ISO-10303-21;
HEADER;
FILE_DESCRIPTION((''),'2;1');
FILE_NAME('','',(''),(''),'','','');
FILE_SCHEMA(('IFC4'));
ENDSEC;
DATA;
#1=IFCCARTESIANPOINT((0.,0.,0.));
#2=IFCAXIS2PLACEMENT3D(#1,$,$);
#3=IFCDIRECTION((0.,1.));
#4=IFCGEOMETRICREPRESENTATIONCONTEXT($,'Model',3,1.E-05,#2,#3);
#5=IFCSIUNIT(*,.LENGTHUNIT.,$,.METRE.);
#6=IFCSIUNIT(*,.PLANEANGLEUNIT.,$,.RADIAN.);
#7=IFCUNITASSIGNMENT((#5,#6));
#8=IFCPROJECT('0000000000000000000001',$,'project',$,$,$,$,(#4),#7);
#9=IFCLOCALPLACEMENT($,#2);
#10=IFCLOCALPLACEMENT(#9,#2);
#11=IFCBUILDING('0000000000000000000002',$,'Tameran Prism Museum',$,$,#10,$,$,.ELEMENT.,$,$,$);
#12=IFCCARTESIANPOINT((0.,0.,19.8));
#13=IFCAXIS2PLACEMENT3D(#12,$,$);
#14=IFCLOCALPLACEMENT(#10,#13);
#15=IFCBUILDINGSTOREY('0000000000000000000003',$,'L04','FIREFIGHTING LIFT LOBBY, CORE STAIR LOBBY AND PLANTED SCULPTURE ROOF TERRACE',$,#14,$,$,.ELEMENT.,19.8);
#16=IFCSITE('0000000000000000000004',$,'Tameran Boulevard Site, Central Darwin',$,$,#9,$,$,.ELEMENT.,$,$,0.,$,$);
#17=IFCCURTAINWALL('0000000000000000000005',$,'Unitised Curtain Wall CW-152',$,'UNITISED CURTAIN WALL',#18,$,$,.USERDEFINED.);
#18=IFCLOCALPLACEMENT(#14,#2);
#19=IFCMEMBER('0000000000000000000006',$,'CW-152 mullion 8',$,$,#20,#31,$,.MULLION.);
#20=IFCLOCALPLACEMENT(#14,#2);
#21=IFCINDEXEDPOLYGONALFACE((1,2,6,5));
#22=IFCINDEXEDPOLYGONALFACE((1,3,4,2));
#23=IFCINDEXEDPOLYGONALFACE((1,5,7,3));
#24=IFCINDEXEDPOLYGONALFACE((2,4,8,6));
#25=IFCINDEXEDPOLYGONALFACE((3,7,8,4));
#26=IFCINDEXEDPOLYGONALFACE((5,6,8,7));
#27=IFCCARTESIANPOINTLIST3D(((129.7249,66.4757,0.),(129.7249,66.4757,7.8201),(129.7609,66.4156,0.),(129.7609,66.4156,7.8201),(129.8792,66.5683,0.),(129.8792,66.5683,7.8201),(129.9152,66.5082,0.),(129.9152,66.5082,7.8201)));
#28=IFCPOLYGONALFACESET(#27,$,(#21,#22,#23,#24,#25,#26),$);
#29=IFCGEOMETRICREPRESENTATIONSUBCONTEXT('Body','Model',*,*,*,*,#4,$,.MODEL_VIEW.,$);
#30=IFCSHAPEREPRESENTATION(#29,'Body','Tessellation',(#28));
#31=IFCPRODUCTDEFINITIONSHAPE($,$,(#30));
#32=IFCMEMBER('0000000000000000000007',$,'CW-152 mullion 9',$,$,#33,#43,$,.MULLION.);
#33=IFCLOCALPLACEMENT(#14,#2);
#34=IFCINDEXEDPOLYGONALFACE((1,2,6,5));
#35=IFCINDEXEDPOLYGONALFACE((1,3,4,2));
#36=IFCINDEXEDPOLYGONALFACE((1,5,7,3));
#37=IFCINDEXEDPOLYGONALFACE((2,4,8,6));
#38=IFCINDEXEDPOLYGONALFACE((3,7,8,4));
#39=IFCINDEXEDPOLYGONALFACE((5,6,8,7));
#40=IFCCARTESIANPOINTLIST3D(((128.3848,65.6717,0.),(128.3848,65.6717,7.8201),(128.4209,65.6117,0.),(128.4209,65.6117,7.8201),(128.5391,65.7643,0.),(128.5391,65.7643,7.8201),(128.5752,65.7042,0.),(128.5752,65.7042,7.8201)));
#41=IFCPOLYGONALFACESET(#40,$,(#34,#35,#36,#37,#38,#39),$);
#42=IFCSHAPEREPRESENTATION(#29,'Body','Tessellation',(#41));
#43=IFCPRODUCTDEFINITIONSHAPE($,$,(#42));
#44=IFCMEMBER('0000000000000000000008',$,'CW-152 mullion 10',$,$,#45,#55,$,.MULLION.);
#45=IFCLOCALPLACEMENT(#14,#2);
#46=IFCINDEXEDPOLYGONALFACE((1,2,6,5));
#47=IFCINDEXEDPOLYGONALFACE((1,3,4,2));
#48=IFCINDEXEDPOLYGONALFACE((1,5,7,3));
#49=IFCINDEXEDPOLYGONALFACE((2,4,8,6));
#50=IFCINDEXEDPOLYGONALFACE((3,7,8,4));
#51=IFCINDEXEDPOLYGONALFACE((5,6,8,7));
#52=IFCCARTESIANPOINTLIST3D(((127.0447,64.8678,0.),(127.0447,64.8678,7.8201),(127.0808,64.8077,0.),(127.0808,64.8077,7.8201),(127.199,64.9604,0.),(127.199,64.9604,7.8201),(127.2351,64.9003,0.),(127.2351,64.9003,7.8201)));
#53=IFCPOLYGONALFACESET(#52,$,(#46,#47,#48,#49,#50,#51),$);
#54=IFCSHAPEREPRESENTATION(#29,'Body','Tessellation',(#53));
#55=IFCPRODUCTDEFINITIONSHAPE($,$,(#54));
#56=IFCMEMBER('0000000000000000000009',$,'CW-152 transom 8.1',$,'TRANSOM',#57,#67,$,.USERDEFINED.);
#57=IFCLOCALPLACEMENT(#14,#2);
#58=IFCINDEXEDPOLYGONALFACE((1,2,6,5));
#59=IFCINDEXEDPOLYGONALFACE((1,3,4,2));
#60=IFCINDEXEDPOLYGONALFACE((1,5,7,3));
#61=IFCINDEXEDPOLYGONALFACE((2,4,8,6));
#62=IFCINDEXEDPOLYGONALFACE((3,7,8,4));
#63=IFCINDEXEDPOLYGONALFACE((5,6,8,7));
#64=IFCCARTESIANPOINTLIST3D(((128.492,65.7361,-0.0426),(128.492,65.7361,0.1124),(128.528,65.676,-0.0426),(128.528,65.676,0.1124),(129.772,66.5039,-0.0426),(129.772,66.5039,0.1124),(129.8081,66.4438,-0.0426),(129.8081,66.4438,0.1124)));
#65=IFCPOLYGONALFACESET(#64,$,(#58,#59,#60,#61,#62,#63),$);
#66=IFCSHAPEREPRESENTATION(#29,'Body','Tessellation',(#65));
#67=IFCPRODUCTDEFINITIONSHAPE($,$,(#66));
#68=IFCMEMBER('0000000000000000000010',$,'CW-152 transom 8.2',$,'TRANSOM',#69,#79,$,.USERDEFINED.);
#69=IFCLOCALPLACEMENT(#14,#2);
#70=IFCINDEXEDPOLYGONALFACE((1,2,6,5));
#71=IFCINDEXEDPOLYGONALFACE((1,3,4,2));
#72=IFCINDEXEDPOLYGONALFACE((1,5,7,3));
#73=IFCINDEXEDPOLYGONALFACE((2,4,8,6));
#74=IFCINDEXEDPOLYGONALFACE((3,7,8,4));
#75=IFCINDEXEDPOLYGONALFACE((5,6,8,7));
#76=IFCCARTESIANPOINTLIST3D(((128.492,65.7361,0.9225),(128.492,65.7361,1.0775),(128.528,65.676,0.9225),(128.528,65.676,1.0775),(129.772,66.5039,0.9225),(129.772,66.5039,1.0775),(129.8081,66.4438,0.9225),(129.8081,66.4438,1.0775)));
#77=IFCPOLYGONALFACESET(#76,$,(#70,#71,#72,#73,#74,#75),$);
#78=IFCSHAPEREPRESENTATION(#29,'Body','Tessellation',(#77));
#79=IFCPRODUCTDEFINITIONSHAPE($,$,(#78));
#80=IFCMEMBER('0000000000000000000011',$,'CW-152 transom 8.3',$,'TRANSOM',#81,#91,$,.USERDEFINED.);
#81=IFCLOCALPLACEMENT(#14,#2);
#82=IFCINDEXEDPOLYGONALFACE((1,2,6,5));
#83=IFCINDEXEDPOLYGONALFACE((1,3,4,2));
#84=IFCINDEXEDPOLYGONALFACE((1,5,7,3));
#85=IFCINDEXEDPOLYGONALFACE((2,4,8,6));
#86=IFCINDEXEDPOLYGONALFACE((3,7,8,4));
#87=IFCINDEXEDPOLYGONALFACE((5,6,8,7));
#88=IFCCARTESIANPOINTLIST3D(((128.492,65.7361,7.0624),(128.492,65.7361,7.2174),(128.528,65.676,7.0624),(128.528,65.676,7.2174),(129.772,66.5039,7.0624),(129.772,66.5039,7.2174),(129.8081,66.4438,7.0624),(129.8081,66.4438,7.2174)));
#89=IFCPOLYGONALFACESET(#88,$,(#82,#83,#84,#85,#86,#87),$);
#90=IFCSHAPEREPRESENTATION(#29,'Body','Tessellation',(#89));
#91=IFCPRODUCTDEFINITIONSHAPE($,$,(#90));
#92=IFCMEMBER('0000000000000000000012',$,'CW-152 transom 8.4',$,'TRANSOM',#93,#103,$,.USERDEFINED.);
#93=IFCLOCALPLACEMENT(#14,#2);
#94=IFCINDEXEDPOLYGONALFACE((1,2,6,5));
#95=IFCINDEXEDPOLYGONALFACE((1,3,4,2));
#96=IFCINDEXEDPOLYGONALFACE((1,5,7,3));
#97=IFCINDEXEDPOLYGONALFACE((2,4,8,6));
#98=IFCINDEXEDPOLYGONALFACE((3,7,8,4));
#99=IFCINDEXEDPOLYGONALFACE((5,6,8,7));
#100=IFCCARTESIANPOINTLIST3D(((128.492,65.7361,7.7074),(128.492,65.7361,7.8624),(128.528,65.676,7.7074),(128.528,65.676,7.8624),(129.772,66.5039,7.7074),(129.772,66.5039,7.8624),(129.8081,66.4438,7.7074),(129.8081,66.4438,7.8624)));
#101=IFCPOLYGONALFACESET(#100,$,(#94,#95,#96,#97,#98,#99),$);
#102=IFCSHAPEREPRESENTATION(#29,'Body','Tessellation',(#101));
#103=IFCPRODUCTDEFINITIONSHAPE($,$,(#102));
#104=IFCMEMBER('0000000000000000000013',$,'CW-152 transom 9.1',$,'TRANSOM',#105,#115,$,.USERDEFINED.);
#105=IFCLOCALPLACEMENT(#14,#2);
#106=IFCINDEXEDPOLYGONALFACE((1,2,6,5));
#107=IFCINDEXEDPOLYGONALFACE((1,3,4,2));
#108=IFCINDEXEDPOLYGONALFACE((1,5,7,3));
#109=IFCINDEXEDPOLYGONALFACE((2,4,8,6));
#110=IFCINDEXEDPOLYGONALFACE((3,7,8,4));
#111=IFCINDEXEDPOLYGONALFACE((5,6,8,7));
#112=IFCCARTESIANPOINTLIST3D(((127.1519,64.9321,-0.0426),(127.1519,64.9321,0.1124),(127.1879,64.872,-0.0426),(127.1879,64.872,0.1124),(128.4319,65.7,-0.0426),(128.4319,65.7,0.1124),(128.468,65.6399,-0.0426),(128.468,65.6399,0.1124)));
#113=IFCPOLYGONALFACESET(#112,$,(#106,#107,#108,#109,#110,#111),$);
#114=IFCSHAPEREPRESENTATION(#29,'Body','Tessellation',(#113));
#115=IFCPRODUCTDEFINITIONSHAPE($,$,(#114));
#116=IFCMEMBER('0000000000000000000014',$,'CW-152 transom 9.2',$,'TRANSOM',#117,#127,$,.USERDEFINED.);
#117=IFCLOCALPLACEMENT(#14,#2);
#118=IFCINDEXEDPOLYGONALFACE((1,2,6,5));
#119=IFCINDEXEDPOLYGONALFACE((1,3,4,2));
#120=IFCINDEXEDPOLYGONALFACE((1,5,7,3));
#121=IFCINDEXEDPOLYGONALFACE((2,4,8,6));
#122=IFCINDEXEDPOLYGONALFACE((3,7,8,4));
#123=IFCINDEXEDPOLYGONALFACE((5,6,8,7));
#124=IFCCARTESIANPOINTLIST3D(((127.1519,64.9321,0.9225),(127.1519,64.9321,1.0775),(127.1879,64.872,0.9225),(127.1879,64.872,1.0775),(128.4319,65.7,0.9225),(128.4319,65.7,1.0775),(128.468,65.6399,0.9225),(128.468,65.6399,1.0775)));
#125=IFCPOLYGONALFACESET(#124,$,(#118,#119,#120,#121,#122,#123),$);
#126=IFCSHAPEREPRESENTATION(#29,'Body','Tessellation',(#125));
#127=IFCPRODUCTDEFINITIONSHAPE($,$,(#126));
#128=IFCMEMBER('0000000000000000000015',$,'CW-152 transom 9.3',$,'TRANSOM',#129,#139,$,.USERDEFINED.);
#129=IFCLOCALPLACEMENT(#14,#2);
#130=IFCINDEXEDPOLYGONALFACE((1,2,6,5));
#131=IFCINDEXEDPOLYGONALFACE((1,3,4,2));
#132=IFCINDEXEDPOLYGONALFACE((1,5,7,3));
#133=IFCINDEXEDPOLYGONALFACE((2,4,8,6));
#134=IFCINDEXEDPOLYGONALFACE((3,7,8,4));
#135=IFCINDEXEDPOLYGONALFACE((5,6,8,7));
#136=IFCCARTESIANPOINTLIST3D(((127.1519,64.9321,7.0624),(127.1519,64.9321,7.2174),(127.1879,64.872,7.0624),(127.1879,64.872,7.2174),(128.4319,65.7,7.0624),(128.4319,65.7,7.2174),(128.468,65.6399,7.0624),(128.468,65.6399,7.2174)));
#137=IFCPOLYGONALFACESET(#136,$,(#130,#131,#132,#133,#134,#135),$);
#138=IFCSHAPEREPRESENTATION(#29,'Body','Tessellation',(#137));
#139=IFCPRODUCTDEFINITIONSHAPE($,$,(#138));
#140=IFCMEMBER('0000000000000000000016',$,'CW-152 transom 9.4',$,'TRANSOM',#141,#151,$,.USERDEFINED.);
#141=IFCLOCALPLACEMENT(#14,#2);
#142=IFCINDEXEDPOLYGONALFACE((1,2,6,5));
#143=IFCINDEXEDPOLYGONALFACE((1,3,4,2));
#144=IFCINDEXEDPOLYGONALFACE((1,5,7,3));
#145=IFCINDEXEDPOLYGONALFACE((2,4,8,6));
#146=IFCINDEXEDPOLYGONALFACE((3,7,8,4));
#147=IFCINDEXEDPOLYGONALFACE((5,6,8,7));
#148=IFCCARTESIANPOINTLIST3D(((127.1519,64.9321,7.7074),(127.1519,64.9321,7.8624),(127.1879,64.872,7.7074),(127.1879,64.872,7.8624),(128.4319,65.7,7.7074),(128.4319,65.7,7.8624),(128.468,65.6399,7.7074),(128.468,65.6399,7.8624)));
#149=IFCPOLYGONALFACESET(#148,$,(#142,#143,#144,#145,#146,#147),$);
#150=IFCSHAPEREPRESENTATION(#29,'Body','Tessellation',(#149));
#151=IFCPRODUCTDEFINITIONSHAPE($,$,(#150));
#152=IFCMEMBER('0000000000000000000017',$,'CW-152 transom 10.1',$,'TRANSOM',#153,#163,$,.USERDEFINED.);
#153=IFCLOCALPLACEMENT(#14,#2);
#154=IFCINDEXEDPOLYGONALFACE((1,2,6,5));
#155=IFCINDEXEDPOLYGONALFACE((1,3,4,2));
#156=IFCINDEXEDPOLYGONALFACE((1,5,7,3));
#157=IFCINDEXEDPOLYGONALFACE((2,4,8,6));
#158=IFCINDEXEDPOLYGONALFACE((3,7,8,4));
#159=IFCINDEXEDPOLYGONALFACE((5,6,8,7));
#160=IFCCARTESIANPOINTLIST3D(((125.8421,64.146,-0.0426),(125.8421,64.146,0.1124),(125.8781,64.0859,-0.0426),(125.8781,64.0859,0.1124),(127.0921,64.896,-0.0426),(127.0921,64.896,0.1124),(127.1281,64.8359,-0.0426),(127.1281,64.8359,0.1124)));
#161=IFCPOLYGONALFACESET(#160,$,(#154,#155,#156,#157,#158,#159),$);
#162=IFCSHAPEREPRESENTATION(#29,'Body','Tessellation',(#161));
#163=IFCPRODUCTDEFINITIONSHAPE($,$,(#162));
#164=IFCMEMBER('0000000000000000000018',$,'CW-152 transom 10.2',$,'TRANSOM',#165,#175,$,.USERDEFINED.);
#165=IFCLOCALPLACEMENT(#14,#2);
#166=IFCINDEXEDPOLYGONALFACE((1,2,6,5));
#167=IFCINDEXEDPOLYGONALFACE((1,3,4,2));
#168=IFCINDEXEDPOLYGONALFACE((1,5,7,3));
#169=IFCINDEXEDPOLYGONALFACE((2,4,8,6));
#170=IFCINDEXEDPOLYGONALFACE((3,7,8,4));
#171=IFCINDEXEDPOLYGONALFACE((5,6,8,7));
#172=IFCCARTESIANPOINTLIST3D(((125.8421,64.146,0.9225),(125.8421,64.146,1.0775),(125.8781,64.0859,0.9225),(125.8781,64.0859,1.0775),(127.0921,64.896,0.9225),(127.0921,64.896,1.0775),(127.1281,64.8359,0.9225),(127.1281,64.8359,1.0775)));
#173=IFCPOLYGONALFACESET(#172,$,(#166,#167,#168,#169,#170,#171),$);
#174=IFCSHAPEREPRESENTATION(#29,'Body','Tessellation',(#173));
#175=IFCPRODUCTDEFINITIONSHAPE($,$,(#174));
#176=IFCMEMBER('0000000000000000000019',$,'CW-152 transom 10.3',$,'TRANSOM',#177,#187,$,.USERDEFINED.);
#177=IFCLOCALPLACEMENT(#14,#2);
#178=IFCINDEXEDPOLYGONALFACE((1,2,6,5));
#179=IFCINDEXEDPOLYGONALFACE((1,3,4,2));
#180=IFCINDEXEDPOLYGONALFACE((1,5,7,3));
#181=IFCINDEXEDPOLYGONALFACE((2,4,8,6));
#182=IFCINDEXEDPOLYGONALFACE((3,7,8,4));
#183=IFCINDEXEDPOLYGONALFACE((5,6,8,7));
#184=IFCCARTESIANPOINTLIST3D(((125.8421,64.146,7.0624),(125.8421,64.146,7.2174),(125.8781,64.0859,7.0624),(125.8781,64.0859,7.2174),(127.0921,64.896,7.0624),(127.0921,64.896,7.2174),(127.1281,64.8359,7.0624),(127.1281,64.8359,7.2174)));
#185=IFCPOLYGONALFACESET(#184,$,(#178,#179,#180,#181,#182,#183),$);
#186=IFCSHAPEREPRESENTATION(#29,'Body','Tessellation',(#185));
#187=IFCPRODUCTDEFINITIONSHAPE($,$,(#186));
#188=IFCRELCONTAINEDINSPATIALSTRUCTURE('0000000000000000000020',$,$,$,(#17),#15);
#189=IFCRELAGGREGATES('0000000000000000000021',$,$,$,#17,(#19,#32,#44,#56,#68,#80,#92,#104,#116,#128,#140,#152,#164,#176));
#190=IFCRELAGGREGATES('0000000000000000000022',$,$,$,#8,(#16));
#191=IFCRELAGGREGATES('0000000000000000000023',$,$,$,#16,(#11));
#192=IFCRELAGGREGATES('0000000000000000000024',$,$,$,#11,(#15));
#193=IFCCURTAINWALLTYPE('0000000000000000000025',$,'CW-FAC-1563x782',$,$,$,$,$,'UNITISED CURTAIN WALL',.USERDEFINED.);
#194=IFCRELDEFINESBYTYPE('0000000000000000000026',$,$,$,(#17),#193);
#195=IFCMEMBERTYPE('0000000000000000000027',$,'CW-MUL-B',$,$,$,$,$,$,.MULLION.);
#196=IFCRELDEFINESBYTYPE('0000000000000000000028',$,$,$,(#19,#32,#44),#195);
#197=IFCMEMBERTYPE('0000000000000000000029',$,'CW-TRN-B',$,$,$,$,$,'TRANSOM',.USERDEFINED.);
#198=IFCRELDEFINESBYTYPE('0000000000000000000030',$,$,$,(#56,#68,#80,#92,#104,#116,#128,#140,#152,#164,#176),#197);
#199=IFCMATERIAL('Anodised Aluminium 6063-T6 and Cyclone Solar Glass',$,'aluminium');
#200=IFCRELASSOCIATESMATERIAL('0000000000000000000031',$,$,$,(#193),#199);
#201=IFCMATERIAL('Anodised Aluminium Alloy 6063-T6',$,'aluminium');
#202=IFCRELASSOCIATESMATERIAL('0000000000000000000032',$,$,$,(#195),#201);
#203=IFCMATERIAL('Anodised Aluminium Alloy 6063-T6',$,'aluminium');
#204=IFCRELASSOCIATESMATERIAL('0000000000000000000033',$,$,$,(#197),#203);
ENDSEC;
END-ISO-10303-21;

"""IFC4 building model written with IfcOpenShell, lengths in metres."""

from ifc_helpers import new_model, si_unit, direction, frame, origin, origin_2d, place, context, subcontext, project, spatial, rectangle, extrude, material, material_profile, profile_set, type_object, element, aggregate, save


model = new_model("IFC4")

# Units and contexts
model_context = context("Model", 3, precision=1e-05, world=origin(), true_north=direction((0.0, 1.0)))
body_context = subcontext(model_context, "Body", "Model", "MODEL_VIEW")
ifc_project = project(units=[si_unit("LENGTHUNIT", "METRE"), si_unit("PLANEANGLEUNIT", "RADIAN")], contexts=[model_context])

# Site, building, storey
site_placement = place(None, origin())
site = spatial("IfcSite", under=ifc_project, at=site_placement, Name="Tameran Boulevard Site, Central Darwin", CompositionType="ELEMENT", RefElevation=0.0)
building_placement = place(site_placement, origin())
building = spatial("IfcBuilding", under=site, at=building_placement, Name="Tameran Prism Museum", CompositionType="ELEMENT")
storey_placement = place(building_placement, frame((0.0, 0.0, 19.8)))
storey = spatial("IfcBuildingStorey", under=building, at=storey_placement, Name="L04", Description="FIREFIGHTING LIFT LOBBY, CORE STAIR LOBBY AND PLANTED SCULPTURE ROOF TERRACE", CompositionType="ELEMENT", Elevation=19.8)

# Curtain wall, members
ifc_material_1 = material(Name="Anodised Aluminium 6063-T6 and Cyclone Solar Glass", Category="aluminium")
curtain_wall_type = type_object("IfcCurtainWallType", Name="CW-FAC-1563x782", ElementType="UNITISED CURTAIN WALL", PredefinedType="USERDEFINED", material=ifc_material_1)
curtain_wall_placement = place(storey_placement, origin())
curtain_wall = element("IfcCurtainWall", 1, at=curtain_wall_placement, inside=storey, type_object=curtain_wall_type, Name="Unitised Curtain Wall CW-152", ObjectType="UNITISED CURTAIN WALL", PredefinedType="USERDEFINED")
ifc_material_2 = material(Name="Anodised Aluminium Alloy 6063-T6", Category="aluminium")
ifc_material_profile_1 = material_profile(ifc_material_2, rectangle(XDim=0.0701, YDim=0.1799, at=origin_2d()))
ifc_profile_set_1 = profile_set([ifc_material_profile_1])
member_type_1 = type_object("IfcMemberType", Name="CW-MUL-B", PredefinedType="MULLION", material=ifc_profile_set_1)
member_1_placement = place(storey_placement, frame((129.8201, 66.4919, 0.0), z_axis=(0.0, 0.0, 1.0), x_axis=(0.514496, -0.857493, 0.0)))
member_1 = element("IfcMember", 2, at=member_1_placement, type_object=member_type_1, Name="CW-152 mullion 8", PredefinedType="MULLION", context=body_context, shape_type="SweptSolid", body=[
    extrude(rectangle(XDim=0.0701, YDim=0.1799, at=origin_2d()), origin(), (0.0, 0.0, 1.0), 7.8201),
])
member_2_placement = place(storey_placement, frame((128.48, 65.688, 0.0), z_axis=(0.0, 0.0, 1.0), x_axis=(0.514496, -0.857493, 0.0)))
member_2 = element("IfcMember", 3, at=member_2_placement, type_object=member_type_1, Name="CW-152 mullion 9", PredefinedType="MULLION", context=body_context, shape_type="SweptSolid", body=[
    extrude(rectangle(XDim=0.0701, YDim=0.1799, at=origin_2d()), origin(), (0.0, 0.0, 1.0), 7.8201),
])
member_3_placement = place(storey_placement, frame((127.1399, 64.884, 0.0), z_axis=(0.0, 0.0, 1.0), x_axis=(0.514496, -0.857493, 0.0)))
member_3 = element("IfcMember", 4, at=member_3_placement, type_object=member_type_1, Name="CW-152 mullion 10", PredefinedType="MULLION", context=body_context, shape_type="SweptSolid", body=[
    extrude(rectangle(XDim=0.0701, YDim=0.1799, at=origin_2d()), origin(), (0.0, 0.0, 1.0), 7.8201),
])
ifc_material_3 = material(Name="Anodised Aluminium Alloy 6063-T6", Category="aluminium")
ifc_material_profile_2 = material_profile(ifc_material_3, rectangle(XDim=0.0701, YDim=0.155, at=origin_2d()))
ifc_profile_set_2 = profile_set([ifc_material_profile_2])
member_type_2 = type_object("IfcMemberType", Name="CW-TRN-B", ElementType="TRANSOM", PredefinedType="USERDEFINED", material=ifc_profile_set_2)
member_4_placement = place(storey_placement, frame((129.79, 66.4739, 0.0349), z_axis=(-0.857551, -0.5144, 0.0), x_axis=(0.5144, -0.857551, 0.0)))
member_4 = element("IfcMember", 5, at=member_4_placement, type_object=member_type_2, Name="CW-152 transom 8.1", ObjectType="TRANSOM", PredefinedType="USERDEFINED", context=body_context, shape_type="SweptSolid", body=[
    extrude(rectangle(XDim=0.0701, YDim=0.155, at=origin_2d()), origin(), (0.0, 0.0, 1.0), 1.4927),
])
member_5_placement = place(storey_placement, frame((129.79, 66.4739, 1.0), z_axis=(-0.857551, -0.5144, 0.0), x_axis=(0.5144, -0.857551, 0.0)))
member_5 = element("IfcMember", 6, at=member_5_placement, type_object=member_type_2, Name="CW-152 transom 8.2", ObjectType="TRANSOM", PredefinedType="USERDEFINED", context=body_context, shape_type="SweptSolid", body=[
    extrude(rectangle(XDim=0.0701, YDim=0.155, at=origin_2d()), origin(), (0.0, 0.0, 1.0), 1.4927),
])
member_6_placement = place(storey_placement, frame((129.79, 66.4739, 7.1399), z_axis=(-0.857551, -0.5144, 0.0), x_axis=(0.5144, -0.857551, 0.0)))
member_6 = element("IfcMember", 7, at=member_6_placement, type_object=member_type_2, Name="CW-152 transom 8.3", ObjectType="TRANSOM", PredefinedType="USERDEFINED", context=body_context, shape_type="SweptSolid", body=[
    extrude(rectangle(XDim=0.0701, YDim=0.155, at=origin_2d()), origin(), (0.0, 0.0, 1.0), 1.4927),
])
member_7_placement = place(storey_placement, frame((129.79, 66.4739, 7.7849), z_axis=(-0.857551, -0.5144, 0.0), x_axis=(0.5144, -0.857551, 0.0)))
member_7 = element("IfcMember", 8, at=member_7_placement, type_object=member_type_2, Name="CW-152 transom 8.4", ObjectType="TRANSOM", PredefinedType="USERDEFINED", context=body_context, shape_type="SweptSolid", body=[
    extrude(rectangle(XDim=0.0701, YDim=0.155, at=origin_2d()), origin(), (0.0, 0.0, 1.0), 1.4927),
])
member_8_placement = place(storey_placement, frame((128.45, 65.6699, 0.0349), z_axis=(-0.857551, -0.5144, 0.0), x_axis=(0.5144, -0.857551, 0.0)))
member_8 = element("IfcMember", 9, at=member_8_placement, type_object=member_type_2, Name="CW-152 transom 9.1", ObjectType="TRANSOM", PredefinedType="USERDEFINED", context=body_context, shape_type="SweptSolid", body=[
    extrude(rectangle(XDim=0.0701, YDim=0.155, at=origin_2d()), origin(), (0.0, 0.0, 1.0), 1.4927),
])
member_9_placement = place(storey_placement, frame((128.45, 65.6699, 1.0), z_axis=(-0.857551, -0.5144, 0.0), x_axis=(0.5144, -0.857551, 0.0)))
member_9 = element("IfcMember", 10, at=member_9_placement, type_object=member_type_2, Name="CW-152 transom 9.2", ObjectType="TRANSOM", PredefinedType="USERDEFINED", context=body_context, shape_type="SweptSolid", body=[
    extrude(rectangle(XDim=0.0701, YDim=0.155, at=origin_2d()), origin(), (0.0, 0.0, 1.0), 1.4927),
])
member_10_placement = place(storey_placement, frame((128.45, 65.6699, 7.1399), z_axis=(-0.857551, -0.5144, 0.0), x_axis=(0.5144, -0.857551, 0.0)))
member_10 = element("IfcMember", 11, at=member_10_placement, type_object=member_type_2, Name="CW-152 transom 9.3", ObjectType="TRANSOM", PredefinedType="USERDEFINED", context=body_context, shape_type="SweptSolid", body=[
    extrude(rectangle(XDim=0.0701, YDim=0.155, at=origin_2d()), origin(), (0.0, 0.0, 1.0), 1.4927),
])
member_11_placement = place(storey_placement, frame((128.45, 65.6699, 7.7849), z_axis=(-0.857551, -0.5144, 0.0), x_axis=(0.5144, -0.857551, 0.0)))
member_11 = element("IfcMember", 12, at=member_11_placement, type_object=member_type_2, Name="CW-152 transom 9.4", ObjectType="TRANSOM", PredefinedType="USERDEFINED", context=body_context, shape_type="SweptSolid", body=[
    extrude(rectangle(XDim=0.0701, YDim=0.155, at=origin_2d()), origin(), (0.0, 0.0, 1.0), 1.4927),
])
member_12_placement = place(storey_placement, frame((127.1101, 64.866, 0.0349), z_axis=(-0.857493, -0.514496, 0.0), x_axis=(0.514496, -0.857493, 0.0)))
member_12 = element("IfcMember", 13, at=member_12_placement, type_object=member_type_2, Name="CW-152 transom 10.1", ObjectType="TRANSOM", PredefinedType="USERDEFINED", context=body_context, shape_type="SweptSolid", body=[
    extrude(rectangle(XDim=0.0701, YDim=0.155, at=origin_2d()), origin(), (0.0, 0.0, 1.0), 1.4578),
])
member_13_placement = place(storey_placement, frame((127.1101, 64.866, 1.0), z_axis=(-0.857493, -0.514496, 0.0), x_axis=(0.514496, -0.857493, 0.0)))
member_13 = element("IfcMember", 14, at=member_13_placement, type_object=member_type_2, Name="CW-152 transom 10.2", ObjectType="TRANSOM", PredefinedType="USERDEFINED", context=body_context, shape_type="SweptSolid", body=[
    extrude(rectangle(XDim=0.0701, YDim=0.155, at=origin_2d()), origin(), (0.0, 0.0, 1.0), 1.4578),
])
member_14_placement = place(storey_placement, frame((127.1101, 64.866, 7.1399), z_axis=(-0.857493, -0.514496, 0.0), x_axis=(0.514496, -0.857493, 0.0)))
member_14 = element("IfcMember", 15, at=member_14_placement, type_object=member_type_2, Name="CW-152 transom 10.3", ObjectType="TRANSOM", PredefinedType="USERDEFINED", context=body_context, shape_type="SweptSolid", body=[
    extrude(rectangle(XDim=0.0701, YDim=0.155, at=origin_2d()), origin(), (0.0, 0.0, 1.0), 1.4578),
])
aggregate(curtain_wall, [member_1, member_2, member_3, member_4, member_5, member_6, member_7, member_8, member_9, member_10, member_11, member_12, member_13, member_14])

save(model, "model.ifc")
